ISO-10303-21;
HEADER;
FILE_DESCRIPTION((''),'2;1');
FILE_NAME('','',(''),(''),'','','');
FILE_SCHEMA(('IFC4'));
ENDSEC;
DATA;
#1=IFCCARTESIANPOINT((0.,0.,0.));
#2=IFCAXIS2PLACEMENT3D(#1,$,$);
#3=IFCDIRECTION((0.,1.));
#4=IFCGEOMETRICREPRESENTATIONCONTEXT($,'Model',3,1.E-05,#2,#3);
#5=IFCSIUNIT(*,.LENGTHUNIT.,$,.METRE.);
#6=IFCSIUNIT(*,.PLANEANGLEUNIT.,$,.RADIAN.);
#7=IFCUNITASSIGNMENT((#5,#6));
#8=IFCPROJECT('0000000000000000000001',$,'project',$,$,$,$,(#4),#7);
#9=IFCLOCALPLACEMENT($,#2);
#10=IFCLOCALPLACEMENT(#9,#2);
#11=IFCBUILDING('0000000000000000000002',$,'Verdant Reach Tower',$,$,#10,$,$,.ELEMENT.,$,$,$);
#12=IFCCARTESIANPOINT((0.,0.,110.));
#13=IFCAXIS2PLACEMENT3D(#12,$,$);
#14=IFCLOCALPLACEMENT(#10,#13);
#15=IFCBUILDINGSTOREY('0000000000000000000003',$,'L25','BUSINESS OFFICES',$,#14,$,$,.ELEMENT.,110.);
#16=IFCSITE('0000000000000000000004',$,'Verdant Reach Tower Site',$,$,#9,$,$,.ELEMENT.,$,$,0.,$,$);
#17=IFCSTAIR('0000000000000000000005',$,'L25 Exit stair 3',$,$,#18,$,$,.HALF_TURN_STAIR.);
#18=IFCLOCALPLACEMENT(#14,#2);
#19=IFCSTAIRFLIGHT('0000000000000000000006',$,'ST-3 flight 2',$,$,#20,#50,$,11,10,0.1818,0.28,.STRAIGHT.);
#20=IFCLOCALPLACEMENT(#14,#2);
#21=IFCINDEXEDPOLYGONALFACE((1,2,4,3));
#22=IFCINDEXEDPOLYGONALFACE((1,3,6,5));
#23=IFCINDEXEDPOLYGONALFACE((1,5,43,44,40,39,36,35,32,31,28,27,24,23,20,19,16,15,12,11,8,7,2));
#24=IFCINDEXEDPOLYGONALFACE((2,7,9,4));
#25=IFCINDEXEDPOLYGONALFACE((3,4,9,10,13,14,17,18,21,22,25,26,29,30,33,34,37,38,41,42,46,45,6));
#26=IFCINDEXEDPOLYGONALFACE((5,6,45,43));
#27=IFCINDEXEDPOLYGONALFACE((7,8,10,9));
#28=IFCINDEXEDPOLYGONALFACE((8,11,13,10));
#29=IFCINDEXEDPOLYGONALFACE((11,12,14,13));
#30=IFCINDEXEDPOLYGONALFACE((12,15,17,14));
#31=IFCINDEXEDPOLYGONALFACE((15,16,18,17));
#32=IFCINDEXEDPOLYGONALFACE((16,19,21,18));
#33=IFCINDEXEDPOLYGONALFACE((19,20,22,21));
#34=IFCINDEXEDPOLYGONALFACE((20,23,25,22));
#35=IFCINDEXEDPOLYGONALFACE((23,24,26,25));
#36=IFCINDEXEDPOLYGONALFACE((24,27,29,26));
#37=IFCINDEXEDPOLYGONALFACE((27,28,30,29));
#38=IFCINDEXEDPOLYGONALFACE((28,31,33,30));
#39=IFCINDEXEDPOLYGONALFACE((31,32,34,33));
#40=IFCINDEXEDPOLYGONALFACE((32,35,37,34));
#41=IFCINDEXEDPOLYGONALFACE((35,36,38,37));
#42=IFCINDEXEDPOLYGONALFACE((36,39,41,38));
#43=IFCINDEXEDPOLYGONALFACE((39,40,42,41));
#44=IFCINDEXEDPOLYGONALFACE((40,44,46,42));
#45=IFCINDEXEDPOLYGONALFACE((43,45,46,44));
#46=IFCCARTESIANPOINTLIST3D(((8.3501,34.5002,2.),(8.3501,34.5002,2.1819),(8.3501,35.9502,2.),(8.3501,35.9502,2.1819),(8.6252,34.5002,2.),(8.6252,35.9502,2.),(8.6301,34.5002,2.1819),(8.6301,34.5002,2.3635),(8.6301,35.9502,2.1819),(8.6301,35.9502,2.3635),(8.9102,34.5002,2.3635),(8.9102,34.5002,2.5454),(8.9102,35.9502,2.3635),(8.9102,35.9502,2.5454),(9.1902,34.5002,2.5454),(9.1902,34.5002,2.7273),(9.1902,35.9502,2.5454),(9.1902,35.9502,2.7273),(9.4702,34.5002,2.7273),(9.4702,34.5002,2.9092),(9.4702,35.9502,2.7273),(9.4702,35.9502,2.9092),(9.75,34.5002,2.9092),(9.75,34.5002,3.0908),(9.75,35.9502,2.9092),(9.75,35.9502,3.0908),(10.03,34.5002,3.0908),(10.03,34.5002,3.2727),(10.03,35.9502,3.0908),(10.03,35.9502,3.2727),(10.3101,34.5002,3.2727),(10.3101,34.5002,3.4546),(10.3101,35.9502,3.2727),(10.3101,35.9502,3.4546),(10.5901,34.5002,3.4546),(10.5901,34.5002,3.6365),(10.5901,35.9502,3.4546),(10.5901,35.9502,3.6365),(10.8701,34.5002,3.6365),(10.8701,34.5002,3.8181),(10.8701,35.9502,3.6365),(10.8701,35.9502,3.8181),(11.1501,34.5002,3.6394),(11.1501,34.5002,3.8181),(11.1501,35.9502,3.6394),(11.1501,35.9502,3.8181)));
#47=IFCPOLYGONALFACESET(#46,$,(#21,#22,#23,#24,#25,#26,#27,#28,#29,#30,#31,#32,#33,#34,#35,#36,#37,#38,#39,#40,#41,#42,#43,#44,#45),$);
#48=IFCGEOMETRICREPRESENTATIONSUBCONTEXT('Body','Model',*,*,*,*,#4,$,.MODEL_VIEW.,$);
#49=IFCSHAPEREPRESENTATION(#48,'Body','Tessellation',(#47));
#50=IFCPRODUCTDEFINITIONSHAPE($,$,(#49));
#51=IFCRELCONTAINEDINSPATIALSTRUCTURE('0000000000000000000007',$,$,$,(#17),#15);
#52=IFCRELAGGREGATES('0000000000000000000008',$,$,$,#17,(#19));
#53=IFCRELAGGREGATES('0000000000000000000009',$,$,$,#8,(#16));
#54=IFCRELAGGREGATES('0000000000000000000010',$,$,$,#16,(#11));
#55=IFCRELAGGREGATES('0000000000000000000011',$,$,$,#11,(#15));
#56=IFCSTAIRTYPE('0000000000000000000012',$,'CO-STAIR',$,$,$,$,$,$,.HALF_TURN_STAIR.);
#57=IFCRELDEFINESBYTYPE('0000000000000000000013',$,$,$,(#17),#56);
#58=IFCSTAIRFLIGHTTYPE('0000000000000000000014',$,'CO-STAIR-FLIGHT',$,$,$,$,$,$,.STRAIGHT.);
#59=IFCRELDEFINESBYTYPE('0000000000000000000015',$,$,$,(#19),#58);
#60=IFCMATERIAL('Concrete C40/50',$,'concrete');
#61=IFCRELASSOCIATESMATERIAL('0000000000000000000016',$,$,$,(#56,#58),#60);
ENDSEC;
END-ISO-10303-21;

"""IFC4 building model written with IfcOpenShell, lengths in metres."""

from ifc_helpers import new_model, si_unit, direction, frame, origin, place, context, subcontext, project, spatial, polyline, outline, extrude, material, type_object, element, aggregate, save


model = new_model("IFC4")

# Units and contexts
model_context = context("Model", 3, precision=1e-05, world=origin(), true_north=direction((0.0, 1.0)))
body_context = subcontext(model_context, "Body", "Model", "MODEL_VIEW")
ifc_project = project(units=[si_unit("LENGTHUNIT", "METRE"), si_unit("PLANEANGLEUNIT", "RADIAN")], contexts=[model_context])

# Site, building, storey
site_placement = place(None, origin())
site = spatial("IfcSite", under=ifc_project, at=site_placement, Name="Verdant Reach Tower Site", CompositionType="ELEMENT", RefElevation=0.0)
building_placement = place(site_placement, origin())
building = spatial("IfcBuilding", under=site, at=building_placement, Name="Verdant Reach Tower", CompositionType="ELEMENT")
storey_placement = place(building_placement, frame((0.0, 0.0, 110.0)))
storey = spatial("IfcBuildingStorey", under=building, at=storey_placement, Name="L25", Description="BUSINESS OFFICES", CompositionType="ELEMENT", Elevation=110.0)

# Shared definitions
ifc_material_1 = material(Name="Concrete C40/50", Category="concrete")

# Shared definitions
stair_type = type_object("IfcStairType", Name="CO-STAIR", PredefinedType="HALF_TURN_STAIR", material=ifc_material_1)
stair_flight_type = type_object("IfcStairFlightType", Name="CO-STAIR-FLIGHT", PredefinedType="STRAIGHT", material=ifc_material_1)

# Stair, stair flight
stair_1_placement = place(storey_placement, origin())
stair_1 = element("IfcStair", 1, at=stair_1_placement, inside=storey, type_object=stair_type, Name="L25 Exit stair 3", PredefinedType="HALF_TURN_STAIR")
stair_flight_1_placement = place(storey_placement, frame((8.3501, 35.2251, 2.0), z_axis=(0.0, 0.0, 1.0), x_axis=(1.0, 0.0, 0.0)))
stair_flight_1 = element("IfcStairFlight", 2, at=stair_flight_1_placement, type_object=stair_flight_type, Name="ST-3 flight 2", NumberOfRisers=11, NumberOfTreads=10, PredefinedType="STRAIGHT", RiserHeight=0.1818, TreadLength=0.28, context=body_context, shape_type="SweptSolid", body=[
    extrude(outline(polyline([(0.0, 0.0), (0.0, 0.1819), (0.28, 0.1819), (0.28, 0.3635), (0.5601, 0.3635), (0.5601, 0.5454), (0.8401, 0.5454), (0.8401, 0.7273), (1.1201, 0.7273), (1.1201, 0.9092), (1.3999, 0.9092), (1.3999, 1.0908), (1.6799, 1.0908), (1.6799, 1.2727), (1.96, 1.2727), (1.96, 1.4546), (2.24, 1.4546), (2.24, 1.6365), (2.52, 1.6365), (2.52, 1.8181), (2.8, 1.8181), (2.8, 2.0), (2.8, 1.6394), (0.2751, 0.0), (0.0, 0.0)])), frame((0.0, 0.7251, 0.0), z_axis=(0.0, -1.0, 0.0), x_axis=(1.0, 0.0, 0.0)), (0.0, 0.0, 1.0), 1.45),
])
aggregate(stair_1, [stair_flight_1])

save(model, "model.ifc")
